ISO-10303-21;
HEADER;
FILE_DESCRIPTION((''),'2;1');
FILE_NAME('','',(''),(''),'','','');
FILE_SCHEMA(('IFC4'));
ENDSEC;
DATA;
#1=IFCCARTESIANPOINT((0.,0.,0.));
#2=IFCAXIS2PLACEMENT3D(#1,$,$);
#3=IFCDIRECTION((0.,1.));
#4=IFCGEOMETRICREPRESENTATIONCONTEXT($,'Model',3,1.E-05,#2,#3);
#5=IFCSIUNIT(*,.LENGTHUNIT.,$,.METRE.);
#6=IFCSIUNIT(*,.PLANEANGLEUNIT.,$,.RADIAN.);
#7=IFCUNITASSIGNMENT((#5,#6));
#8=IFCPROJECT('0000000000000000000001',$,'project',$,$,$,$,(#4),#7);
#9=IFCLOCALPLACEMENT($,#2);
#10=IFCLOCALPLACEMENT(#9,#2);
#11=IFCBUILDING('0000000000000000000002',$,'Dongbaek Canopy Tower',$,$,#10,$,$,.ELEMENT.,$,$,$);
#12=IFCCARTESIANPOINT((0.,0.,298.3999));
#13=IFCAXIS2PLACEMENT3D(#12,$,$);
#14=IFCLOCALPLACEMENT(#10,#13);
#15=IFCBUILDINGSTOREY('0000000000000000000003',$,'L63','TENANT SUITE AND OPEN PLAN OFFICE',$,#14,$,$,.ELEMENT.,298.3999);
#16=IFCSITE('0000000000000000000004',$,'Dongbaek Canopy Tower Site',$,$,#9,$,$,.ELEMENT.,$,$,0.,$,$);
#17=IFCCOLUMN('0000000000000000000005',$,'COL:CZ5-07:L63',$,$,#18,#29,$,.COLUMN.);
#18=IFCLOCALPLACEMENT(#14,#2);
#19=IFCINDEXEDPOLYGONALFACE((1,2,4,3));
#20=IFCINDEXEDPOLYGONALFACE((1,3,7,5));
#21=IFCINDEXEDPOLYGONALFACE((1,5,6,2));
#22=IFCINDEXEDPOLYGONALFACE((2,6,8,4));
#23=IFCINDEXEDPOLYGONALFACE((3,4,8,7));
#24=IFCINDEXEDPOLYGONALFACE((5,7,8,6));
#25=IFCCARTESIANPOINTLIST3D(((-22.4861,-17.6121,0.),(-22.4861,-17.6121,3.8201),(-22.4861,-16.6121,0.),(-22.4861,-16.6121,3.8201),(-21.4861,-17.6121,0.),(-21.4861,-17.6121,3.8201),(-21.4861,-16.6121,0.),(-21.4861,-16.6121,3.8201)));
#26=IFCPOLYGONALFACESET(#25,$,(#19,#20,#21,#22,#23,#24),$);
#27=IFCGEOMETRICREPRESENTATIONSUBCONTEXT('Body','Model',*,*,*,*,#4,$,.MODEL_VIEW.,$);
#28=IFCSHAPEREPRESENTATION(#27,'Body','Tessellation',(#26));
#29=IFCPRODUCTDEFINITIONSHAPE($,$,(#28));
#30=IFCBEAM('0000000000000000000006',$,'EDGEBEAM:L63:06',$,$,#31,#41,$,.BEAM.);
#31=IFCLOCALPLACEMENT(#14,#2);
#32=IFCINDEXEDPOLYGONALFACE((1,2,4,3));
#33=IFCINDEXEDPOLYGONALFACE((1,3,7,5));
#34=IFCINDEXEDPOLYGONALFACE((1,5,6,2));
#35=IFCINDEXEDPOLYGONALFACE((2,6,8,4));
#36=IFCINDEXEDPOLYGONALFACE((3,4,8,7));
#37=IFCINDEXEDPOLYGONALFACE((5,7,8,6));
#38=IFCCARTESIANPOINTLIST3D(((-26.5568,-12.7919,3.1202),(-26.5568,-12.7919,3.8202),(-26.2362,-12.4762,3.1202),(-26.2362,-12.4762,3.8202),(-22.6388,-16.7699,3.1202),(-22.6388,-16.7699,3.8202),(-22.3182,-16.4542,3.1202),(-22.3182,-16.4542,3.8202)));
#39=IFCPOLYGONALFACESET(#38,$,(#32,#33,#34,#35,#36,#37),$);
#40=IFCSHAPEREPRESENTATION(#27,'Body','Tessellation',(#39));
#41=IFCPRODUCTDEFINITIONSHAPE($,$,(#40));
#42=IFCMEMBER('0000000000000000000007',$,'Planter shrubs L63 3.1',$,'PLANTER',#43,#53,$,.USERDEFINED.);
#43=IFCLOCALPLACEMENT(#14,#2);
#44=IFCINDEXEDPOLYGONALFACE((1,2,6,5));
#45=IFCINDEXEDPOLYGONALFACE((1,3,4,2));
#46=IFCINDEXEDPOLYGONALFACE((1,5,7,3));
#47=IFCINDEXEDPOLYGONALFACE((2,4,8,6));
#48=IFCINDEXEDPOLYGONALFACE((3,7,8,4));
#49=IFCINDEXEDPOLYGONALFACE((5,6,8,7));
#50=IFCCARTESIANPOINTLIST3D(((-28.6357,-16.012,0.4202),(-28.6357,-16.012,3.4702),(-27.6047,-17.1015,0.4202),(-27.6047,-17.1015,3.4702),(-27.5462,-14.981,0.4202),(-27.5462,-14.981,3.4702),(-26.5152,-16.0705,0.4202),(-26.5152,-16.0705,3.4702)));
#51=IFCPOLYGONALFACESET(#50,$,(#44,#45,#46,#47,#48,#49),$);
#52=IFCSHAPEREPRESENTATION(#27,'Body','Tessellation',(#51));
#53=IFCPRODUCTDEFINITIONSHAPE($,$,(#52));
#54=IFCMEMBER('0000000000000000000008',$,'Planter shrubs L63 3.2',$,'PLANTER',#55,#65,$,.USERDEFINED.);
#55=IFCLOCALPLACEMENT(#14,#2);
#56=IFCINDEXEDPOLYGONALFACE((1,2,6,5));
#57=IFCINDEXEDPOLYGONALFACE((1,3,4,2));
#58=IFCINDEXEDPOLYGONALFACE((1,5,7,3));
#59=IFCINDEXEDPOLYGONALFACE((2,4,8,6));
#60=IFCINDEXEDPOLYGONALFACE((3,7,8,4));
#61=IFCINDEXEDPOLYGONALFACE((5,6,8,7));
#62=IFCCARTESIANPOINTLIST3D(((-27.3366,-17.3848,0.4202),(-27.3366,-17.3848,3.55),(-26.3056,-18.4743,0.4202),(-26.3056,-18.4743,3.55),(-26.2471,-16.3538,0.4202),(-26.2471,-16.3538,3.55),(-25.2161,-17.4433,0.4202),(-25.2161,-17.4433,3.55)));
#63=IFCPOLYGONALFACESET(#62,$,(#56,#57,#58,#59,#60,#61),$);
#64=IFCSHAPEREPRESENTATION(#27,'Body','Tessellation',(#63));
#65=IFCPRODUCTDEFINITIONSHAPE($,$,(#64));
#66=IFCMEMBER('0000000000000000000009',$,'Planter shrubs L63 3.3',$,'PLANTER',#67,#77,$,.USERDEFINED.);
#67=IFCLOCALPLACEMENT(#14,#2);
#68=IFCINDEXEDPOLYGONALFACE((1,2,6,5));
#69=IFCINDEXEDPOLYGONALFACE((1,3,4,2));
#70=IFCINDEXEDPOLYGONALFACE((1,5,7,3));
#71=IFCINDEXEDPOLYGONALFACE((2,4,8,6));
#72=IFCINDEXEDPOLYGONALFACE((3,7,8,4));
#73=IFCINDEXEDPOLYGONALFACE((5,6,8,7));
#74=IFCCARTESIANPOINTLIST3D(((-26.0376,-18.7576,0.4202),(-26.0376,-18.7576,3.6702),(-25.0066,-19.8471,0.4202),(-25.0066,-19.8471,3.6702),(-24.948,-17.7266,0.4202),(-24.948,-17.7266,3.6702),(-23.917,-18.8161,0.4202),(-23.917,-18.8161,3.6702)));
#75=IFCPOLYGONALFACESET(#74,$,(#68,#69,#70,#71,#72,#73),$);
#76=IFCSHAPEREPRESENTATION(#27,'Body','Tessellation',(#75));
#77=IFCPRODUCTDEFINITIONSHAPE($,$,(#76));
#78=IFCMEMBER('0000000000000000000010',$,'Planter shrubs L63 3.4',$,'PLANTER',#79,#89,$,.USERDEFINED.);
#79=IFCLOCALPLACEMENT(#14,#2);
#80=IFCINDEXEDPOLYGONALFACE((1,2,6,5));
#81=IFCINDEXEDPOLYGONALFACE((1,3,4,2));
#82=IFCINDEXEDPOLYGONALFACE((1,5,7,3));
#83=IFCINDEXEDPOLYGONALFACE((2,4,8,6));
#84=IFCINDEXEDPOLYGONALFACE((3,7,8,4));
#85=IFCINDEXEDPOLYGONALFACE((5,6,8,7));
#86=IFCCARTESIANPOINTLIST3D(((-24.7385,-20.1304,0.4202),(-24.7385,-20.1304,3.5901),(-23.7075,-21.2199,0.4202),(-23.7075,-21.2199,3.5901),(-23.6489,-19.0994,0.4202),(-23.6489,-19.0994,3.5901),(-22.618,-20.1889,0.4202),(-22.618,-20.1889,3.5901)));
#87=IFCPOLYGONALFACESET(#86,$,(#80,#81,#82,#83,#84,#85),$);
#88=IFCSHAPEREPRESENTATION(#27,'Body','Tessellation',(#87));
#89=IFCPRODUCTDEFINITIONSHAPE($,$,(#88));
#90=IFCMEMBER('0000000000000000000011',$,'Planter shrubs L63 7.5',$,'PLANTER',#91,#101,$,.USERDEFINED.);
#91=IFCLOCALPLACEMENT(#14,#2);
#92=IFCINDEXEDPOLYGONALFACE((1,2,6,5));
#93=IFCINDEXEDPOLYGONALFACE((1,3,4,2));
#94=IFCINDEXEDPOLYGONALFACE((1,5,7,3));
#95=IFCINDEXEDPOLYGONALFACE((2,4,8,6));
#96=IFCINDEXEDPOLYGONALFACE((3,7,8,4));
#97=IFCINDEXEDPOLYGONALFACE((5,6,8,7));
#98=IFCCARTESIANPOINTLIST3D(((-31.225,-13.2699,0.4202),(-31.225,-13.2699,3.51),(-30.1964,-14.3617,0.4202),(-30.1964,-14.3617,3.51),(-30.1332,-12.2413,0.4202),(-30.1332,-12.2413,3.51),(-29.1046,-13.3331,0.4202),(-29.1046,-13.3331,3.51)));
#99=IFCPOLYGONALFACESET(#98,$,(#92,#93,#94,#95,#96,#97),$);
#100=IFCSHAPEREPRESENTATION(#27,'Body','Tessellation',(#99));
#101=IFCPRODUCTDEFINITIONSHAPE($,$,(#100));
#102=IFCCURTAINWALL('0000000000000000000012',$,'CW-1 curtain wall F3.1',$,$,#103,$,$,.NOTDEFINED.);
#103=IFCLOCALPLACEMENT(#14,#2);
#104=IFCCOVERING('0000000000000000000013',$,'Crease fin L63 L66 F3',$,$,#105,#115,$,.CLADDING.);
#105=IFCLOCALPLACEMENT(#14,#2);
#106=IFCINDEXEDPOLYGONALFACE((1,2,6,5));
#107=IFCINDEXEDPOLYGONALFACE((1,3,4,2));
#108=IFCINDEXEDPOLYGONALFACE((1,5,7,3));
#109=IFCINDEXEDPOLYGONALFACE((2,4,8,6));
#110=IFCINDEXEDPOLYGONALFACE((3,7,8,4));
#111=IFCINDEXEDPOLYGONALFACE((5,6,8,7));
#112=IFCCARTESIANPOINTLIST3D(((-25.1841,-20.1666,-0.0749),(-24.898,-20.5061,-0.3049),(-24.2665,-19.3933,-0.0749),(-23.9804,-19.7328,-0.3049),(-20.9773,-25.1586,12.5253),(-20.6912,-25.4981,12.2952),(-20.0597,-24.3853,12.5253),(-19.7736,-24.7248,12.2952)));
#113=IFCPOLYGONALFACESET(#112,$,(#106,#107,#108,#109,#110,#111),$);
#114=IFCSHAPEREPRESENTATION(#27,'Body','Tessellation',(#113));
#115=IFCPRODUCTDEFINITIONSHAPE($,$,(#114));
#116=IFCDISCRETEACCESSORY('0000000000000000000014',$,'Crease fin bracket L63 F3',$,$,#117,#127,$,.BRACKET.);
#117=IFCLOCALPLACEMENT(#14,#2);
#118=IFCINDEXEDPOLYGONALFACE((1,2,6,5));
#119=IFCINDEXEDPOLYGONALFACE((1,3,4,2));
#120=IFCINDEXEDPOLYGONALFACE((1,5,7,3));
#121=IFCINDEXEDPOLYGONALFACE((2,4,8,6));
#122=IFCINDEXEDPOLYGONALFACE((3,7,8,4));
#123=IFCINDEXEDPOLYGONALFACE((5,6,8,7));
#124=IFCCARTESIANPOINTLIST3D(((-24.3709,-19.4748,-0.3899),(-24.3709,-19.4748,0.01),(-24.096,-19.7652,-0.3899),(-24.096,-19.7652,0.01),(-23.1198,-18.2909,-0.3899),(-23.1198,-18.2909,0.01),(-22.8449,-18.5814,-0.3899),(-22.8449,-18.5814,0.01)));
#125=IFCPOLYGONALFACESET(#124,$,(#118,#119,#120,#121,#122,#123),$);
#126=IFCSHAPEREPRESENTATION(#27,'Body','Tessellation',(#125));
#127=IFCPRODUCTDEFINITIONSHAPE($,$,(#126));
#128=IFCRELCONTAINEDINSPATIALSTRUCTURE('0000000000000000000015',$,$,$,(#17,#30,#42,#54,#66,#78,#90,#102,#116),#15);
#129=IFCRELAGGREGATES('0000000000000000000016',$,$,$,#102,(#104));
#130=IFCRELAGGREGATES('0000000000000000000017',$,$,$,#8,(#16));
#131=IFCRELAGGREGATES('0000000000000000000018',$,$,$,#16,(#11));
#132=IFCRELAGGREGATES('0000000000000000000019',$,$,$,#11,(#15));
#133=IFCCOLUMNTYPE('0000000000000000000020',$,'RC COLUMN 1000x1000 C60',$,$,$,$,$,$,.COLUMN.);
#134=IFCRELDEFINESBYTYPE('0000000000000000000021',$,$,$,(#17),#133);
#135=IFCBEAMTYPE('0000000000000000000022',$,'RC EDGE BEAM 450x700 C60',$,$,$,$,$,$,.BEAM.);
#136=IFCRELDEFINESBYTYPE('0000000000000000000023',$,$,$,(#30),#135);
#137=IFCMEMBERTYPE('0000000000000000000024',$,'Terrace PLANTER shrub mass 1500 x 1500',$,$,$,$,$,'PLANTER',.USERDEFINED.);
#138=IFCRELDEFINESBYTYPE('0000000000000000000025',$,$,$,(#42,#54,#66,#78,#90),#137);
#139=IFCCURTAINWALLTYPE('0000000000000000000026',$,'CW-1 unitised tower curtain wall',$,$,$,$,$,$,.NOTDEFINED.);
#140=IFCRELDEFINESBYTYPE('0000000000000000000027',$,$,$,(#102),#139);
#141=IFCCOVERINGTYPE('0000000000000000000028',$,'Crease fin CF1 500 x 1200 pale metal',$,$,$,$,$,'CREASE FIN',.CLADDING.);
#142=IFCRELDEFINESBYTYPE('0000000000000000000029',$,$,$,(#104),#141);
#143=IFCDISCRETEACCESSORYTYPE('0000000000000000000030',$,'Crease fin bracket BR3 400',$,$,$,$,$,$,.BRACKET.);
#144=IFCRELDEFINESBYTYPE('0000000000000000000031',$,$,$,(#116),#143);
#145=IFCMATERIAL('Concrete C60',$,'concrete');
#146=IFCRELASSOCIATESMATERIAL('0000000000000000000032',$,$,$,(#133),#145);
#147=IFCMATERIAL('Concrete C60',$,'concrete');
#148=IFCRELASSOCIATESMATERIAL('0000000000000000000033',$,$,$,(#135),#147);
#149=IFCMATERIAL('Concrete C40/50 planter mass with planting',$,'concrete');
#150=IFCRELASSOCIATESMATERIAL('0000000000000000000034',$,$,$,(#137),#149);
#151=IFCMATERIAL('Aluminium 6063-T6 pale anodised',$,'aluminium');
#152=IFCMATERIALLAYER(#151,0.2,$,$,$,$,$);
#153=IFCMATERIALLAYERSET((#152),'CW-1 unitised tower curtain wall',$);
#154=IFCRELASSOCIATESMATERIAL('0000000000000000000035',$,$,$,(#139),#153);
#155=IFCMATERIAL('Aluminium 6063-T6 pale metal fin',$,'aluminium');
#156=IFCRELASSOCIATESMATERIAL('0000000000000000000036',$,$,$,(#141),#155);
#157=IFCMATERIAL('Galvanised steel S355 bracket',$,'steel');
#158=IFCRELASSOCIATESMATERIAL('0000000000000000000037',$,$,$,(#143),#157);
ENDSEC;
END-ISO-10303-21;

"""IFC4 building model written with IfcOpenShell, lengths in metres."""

from ifc_helpers import new_model, si_unit, direction, frame, origin, origin_2d, place, context, subcontext, project, spatial, rectangle, extrude, material, layer, layer_set, material_profile, profile_set, type_object, element, aggregate, save


model = new_model("IFC4")

# Units and contexts
model_context = context("Model", 3, precision=1e-05, world=origin(), true_north=direction((0.0, 1.0)))
body_context = subcontext(model_context, "Body", "Model", "MODEL_VIEW")
ifc_project = project(units=[si_unit("LENGTHUNIT", "METRE"), si_unit("PLANEANGLEUNIT", "RADIAN")], contexts=[model_context])

# Site, building, storey
site_placement = place(None, origin())
site = spatial("IfcSite", under=ifc_project, at=site_placement, Name="Dongbaek Canopy Tower Site", CompositionType="ELEMENT", RefElevation=0.0)
building_placement = place(site_placement, origin())
building = spatial("IfcBuilding", under=site, at=building_placement, Name="Dongbaek Canopy Tower", CompositionType="ELEMENT")
storey_placement = place(building_placement, frame((0.0, 0.0, 298.3999)))
storey = spatial("IfcBuildingStorey", under=building, at=storey_placement, Name="L63", Description="TENANT SUITE AND OPEN PLAN OFFICE", CompositionType="ELEMENT", Elevation=298.3999)

# Column
ifc_material_1 = material(Name="Concrete C60", Category="concrete")
ifc_material_profile_1 = material_profile(ifc_material_1, rectangle(XDim=1.0, YDim=1.0, at=origin_2d()), Name="RC COLUMN 1000x1000 C60")
ifc_profile_set_1 = profile_set([ifc_material_profile_1], Name="Concrete C60")
column_type = type_object("IfcColumnType", Name="RC COLUMN 1000x1000 C60", PredefinedType="COLUMN", material=ifc_profile_set_1)
column_placement = place(storey_placement, frame((-21.9861, -17.1121, 0.0), z_axis=(0.0, 0.0, 1.0), x_axis=(1.0, 0.0, 0.0)))
element("IfcColumn", 1, at=column_placement, inside=storey, type_object=column_type, Name="COL:CZ5-07:L63", PredefinedType="COLUMN", context=body_context, shape_type="SweptSolid", body=[
    extrude(rectangle(XDim=1.0, YDim=1.0, at=origin_2d()), origin(), (0.0, 0.0, 1.0), 3.8201),
])

# Beam
ifc_material_2 = material(Name="Concrete C60", Category="concrete")
ifc_material_profile_2 = material_profile(ifc_material_2, rectangle(XDim=0.45, YDim=0.7, at=origin_2d()), Name="RC EDGE BEAM 450x700 C60")
ifc_profile_set_2 = profile_set([ifc_material_profile_2], Name="Concrete C60")
beam_type = type_object("IfcBeamType", Name="RC EDGE BEAM 450x700 C60", PredefinedType="BEAM", material=ifc_profile_set_2)
beam_placement = place(storey_placement, frame((-22.4785, -16.6121, 3.4702), z_axis=(-0.701708, 0.712465, 0.0), x_axis=(-0.712465, -0.701708, 0.0)))
element("IfcBeam", 2, at=beam_placement, inside=storey, type_object=beam_type, Name="EDGEBEAM:L63:06", PredefinedType="BEAM", context=body_context, shape_type="SweptSolid", body=[
    extrude(rectangle(XDim=0.45, YDim=0.7, at=origin_2d()), origin(), (0.0, 0.0, 1.0), 5.5835),
])

# Members
ifc_material_3 = material(Name="Concrete C40/50 planter mass with planting", Category="concrete")
ifc_material_profile_3 = material_profile(ifc_material_3, rectangle(XDim=1.5, YDim=1.5, at=origin_2d()), Name="Terrace PLANTER shrub mass 1500 x 1500")
ifc_profile_set_3 = profile_set([ifc_material_profile_3], Name="Concrete C40/50 planter mass with planting")
member_type = type_object("IfcMemberType", Name="Terrace PLANTER shrub mass 1500 x 1500", ElementType="PLANTER", PredefinedType="USERDEFINED", material=ifc_profile_set_3)
member_1_placement = place(storey_placement, frame((-27.5754, -16.0413, 0.4202), z_axis=(0.0, 0.0, 1.0), x_axis=(-0.726355, -0.68732, 0.0)))
element("IfcMember", 3, at=member_1_placement, inside=storey, type_object=member_type, Name="Planter shrubs L63 3.1", ObjectType="PLANTER", PredefinedType="USERDEFINED", context=body_context, shape_type="SweptSolid", body=[
    extrude(rectangle(XDim=1.5, YDim=1.5, at=origin_2d()), origin(), (0.0, 0.0, 1.0), 3.05),
])
member_2_placement = place(storey_placement, frame((-26.2764, -17.4141, 0.4202), z_axis=(0.0, 0.0, 1.0), x_axis=(-0.726355, -0.68732, 0.0)))
element("IfcMember", 4, at=member_2_placement, inside=storey, type_object=member_type, Name="Planter shrubs L63 3.2", ObjectType="PLANTER", PredefinedType="USERDEFINED", context=body_context, shape_type="SweptSolid", body=[
    extrude(rectangle(XDim=1.5, YDim=1.5, at=origin_2d()), origin(), (0.0, 0.0, 1.0), 3.1299),
])
member_3_placement = place(storey_placement, frame((-24.9773, -18.7869, 0.4202), z_axis=(0.0, 0.0, 1.0), x_axis=(-0.726355, -0.68732, 0.0)))
element("IfcMember", 5, at=member_3_placement, inside=storey, type_object=member_type, Name="Planter shrubs L63 3.3", ObjectType="PLANTER", PredefinedType="USERDEFINED", context=body_context, shape_type="SweptSolid", body=[
    extrude(rectangle(XDim=1.5, YDim=1.5, at=origin_2d()), origin(), (0.0, 0.0, 1.0), 3.25),
])
member_4_placement = place(storey_placement, frame((-23.6782, -20.1597, 0.4202), z_axis=(0.0, 0.0, 1.0), x_axis=(-0.726355, -0.68732, 0.0)))
element("IfcMember", 6, at=member_4_placement, inside=storey, type_object=member_type, Name="Planter shrubs L63 3.4", ObjectType="PLANTER", PredefinedType="USERDEFINED", context=body_context, shape_type="SweptSolid", body=[
    extrude(rectangle(XDim=1.5, YDim=1.5, at=origin_2d()), origin(), (0.0, 0.0, 1.0), 3.1699),
])
member_5_placement = place(storey_placement, frame((-30.1648, -13.3015, 0.4202), z_axis=(0.0, 0.0, 1.0), x_axis=(-0.727845, -0.685742, 0.0)))
element("IfcMember", 7, at=member_5_placement, inside=storey, type_object=member_type, Name="Planter shrubs L63 7.5", ObjectType="PLANTER", PredefinedType="USERDEFINED", context=body_context, shape_type="SweptSolid", body=[
    extrude(rectangle(XDim=1.5, YDim=1.5, at=origin_2d()), origin(), (0.0, 0.0, 1.0), 3.0898),
])

# Curtain wall, covering
ifc_material_4 = material(Name="Aluminium 6063-T6 pale anodised", Category="aluminium")
ifc_layer_1 = layer(ifc_material_4, 0.2)
ifc_layer_set_1 = layer_set([ifc_layer_1], Name="CW-1 unitised tower curtain wall")
curtain_wall_type = type_object("IfcCurtainWallType", Name="CW-1 unitised tower curtain wall", PredefinedType="NOTDEFINED", material=ifc_layer_set_1)
curtain_wall_placement = place(storey_placement, origin())
curtain_wall = element("IfcCurtainWall", 8, at=curtain_wall_placement, inside=storey, type_object=curtain_wall_type, Name="CW-1 curtain wall F3.1", PredefinedType="NOTDEFINED")
ifc_material_5 = material(Name="Aluminium 6063-T6 pale metal fin", Category="aluminium")
ifc_material_profile_4 = material_profile(ifc_material_5, rectangle(XDim=1.2, YDim=0.5, at=origin_2d()), Name="Crease fin CF1 500 x 1200 pale metal")
ifc_profile_set_4 = profile_set([ifc_material_profile_4], Name="Aluminium 6063-T6 pale metal fin")
covering_type = type_object("IfcCoveringType", Name="Crease fin CF1 500 x 1200 pale metal", ElementType="CREASE FIN", PredefinedType="CLADDING", material=ifc_profile_set_4)
covering_placement = place(storey_placement, frame((-24.5823, -19.9497, -0.1899), z_axis=(0.296445, -0.351773, 0.887906), x_axis=(0.764681, 0.644409, 0.0)))
covering = element("IfcCovering", 9, at=covering_placement, type_object=covering_type, Name="Crease fin L63 L66 F3", PredefinedType="CLADDING", context=body_context, shape_type="SweptSolid", body=[
    extrude(rectangle(XDim=1.2, YDim=0.5, at=origin_2d()), origin(), (0.0, 0.0, 1.0), 14.1909),
])
aggregate(curtain_wall, [covering])

# Discrete accessory
ifc_material_6 = material(Name="Galvanised steel S355 bracket", Category="steel")
discrete_accessory_type = type_object("IfcDiscreteAccessoryType", Name="Crease fin bracket BR3 400", PredefinedType="BRACKET", material=ifc_material_6)
discrete_accessory_placement = place(storey_placement, frame((-23.6079, -19.0281, -0.3899), z_axis=(0.0, 0.0, 1.0), x_axis=(-0.726355, -0.68732, 0.0)))
element("IfcDiscreteAccessory", 10, at=discrete_accessory_placement, inside=storey, type_object=discrete_accessory_type, Name="Crease fin bracket L63 F3", PredefinedType="BRACKET", context=body_context, shape_type="SweptSolid", body=[
    extrude(rectangle(XDim=1.7224, YDim=0.3999, at=origin_2d()), origin(), (0.0, 0.0, 1.0), 0.3999),
])

save(model, "model.ifc")
